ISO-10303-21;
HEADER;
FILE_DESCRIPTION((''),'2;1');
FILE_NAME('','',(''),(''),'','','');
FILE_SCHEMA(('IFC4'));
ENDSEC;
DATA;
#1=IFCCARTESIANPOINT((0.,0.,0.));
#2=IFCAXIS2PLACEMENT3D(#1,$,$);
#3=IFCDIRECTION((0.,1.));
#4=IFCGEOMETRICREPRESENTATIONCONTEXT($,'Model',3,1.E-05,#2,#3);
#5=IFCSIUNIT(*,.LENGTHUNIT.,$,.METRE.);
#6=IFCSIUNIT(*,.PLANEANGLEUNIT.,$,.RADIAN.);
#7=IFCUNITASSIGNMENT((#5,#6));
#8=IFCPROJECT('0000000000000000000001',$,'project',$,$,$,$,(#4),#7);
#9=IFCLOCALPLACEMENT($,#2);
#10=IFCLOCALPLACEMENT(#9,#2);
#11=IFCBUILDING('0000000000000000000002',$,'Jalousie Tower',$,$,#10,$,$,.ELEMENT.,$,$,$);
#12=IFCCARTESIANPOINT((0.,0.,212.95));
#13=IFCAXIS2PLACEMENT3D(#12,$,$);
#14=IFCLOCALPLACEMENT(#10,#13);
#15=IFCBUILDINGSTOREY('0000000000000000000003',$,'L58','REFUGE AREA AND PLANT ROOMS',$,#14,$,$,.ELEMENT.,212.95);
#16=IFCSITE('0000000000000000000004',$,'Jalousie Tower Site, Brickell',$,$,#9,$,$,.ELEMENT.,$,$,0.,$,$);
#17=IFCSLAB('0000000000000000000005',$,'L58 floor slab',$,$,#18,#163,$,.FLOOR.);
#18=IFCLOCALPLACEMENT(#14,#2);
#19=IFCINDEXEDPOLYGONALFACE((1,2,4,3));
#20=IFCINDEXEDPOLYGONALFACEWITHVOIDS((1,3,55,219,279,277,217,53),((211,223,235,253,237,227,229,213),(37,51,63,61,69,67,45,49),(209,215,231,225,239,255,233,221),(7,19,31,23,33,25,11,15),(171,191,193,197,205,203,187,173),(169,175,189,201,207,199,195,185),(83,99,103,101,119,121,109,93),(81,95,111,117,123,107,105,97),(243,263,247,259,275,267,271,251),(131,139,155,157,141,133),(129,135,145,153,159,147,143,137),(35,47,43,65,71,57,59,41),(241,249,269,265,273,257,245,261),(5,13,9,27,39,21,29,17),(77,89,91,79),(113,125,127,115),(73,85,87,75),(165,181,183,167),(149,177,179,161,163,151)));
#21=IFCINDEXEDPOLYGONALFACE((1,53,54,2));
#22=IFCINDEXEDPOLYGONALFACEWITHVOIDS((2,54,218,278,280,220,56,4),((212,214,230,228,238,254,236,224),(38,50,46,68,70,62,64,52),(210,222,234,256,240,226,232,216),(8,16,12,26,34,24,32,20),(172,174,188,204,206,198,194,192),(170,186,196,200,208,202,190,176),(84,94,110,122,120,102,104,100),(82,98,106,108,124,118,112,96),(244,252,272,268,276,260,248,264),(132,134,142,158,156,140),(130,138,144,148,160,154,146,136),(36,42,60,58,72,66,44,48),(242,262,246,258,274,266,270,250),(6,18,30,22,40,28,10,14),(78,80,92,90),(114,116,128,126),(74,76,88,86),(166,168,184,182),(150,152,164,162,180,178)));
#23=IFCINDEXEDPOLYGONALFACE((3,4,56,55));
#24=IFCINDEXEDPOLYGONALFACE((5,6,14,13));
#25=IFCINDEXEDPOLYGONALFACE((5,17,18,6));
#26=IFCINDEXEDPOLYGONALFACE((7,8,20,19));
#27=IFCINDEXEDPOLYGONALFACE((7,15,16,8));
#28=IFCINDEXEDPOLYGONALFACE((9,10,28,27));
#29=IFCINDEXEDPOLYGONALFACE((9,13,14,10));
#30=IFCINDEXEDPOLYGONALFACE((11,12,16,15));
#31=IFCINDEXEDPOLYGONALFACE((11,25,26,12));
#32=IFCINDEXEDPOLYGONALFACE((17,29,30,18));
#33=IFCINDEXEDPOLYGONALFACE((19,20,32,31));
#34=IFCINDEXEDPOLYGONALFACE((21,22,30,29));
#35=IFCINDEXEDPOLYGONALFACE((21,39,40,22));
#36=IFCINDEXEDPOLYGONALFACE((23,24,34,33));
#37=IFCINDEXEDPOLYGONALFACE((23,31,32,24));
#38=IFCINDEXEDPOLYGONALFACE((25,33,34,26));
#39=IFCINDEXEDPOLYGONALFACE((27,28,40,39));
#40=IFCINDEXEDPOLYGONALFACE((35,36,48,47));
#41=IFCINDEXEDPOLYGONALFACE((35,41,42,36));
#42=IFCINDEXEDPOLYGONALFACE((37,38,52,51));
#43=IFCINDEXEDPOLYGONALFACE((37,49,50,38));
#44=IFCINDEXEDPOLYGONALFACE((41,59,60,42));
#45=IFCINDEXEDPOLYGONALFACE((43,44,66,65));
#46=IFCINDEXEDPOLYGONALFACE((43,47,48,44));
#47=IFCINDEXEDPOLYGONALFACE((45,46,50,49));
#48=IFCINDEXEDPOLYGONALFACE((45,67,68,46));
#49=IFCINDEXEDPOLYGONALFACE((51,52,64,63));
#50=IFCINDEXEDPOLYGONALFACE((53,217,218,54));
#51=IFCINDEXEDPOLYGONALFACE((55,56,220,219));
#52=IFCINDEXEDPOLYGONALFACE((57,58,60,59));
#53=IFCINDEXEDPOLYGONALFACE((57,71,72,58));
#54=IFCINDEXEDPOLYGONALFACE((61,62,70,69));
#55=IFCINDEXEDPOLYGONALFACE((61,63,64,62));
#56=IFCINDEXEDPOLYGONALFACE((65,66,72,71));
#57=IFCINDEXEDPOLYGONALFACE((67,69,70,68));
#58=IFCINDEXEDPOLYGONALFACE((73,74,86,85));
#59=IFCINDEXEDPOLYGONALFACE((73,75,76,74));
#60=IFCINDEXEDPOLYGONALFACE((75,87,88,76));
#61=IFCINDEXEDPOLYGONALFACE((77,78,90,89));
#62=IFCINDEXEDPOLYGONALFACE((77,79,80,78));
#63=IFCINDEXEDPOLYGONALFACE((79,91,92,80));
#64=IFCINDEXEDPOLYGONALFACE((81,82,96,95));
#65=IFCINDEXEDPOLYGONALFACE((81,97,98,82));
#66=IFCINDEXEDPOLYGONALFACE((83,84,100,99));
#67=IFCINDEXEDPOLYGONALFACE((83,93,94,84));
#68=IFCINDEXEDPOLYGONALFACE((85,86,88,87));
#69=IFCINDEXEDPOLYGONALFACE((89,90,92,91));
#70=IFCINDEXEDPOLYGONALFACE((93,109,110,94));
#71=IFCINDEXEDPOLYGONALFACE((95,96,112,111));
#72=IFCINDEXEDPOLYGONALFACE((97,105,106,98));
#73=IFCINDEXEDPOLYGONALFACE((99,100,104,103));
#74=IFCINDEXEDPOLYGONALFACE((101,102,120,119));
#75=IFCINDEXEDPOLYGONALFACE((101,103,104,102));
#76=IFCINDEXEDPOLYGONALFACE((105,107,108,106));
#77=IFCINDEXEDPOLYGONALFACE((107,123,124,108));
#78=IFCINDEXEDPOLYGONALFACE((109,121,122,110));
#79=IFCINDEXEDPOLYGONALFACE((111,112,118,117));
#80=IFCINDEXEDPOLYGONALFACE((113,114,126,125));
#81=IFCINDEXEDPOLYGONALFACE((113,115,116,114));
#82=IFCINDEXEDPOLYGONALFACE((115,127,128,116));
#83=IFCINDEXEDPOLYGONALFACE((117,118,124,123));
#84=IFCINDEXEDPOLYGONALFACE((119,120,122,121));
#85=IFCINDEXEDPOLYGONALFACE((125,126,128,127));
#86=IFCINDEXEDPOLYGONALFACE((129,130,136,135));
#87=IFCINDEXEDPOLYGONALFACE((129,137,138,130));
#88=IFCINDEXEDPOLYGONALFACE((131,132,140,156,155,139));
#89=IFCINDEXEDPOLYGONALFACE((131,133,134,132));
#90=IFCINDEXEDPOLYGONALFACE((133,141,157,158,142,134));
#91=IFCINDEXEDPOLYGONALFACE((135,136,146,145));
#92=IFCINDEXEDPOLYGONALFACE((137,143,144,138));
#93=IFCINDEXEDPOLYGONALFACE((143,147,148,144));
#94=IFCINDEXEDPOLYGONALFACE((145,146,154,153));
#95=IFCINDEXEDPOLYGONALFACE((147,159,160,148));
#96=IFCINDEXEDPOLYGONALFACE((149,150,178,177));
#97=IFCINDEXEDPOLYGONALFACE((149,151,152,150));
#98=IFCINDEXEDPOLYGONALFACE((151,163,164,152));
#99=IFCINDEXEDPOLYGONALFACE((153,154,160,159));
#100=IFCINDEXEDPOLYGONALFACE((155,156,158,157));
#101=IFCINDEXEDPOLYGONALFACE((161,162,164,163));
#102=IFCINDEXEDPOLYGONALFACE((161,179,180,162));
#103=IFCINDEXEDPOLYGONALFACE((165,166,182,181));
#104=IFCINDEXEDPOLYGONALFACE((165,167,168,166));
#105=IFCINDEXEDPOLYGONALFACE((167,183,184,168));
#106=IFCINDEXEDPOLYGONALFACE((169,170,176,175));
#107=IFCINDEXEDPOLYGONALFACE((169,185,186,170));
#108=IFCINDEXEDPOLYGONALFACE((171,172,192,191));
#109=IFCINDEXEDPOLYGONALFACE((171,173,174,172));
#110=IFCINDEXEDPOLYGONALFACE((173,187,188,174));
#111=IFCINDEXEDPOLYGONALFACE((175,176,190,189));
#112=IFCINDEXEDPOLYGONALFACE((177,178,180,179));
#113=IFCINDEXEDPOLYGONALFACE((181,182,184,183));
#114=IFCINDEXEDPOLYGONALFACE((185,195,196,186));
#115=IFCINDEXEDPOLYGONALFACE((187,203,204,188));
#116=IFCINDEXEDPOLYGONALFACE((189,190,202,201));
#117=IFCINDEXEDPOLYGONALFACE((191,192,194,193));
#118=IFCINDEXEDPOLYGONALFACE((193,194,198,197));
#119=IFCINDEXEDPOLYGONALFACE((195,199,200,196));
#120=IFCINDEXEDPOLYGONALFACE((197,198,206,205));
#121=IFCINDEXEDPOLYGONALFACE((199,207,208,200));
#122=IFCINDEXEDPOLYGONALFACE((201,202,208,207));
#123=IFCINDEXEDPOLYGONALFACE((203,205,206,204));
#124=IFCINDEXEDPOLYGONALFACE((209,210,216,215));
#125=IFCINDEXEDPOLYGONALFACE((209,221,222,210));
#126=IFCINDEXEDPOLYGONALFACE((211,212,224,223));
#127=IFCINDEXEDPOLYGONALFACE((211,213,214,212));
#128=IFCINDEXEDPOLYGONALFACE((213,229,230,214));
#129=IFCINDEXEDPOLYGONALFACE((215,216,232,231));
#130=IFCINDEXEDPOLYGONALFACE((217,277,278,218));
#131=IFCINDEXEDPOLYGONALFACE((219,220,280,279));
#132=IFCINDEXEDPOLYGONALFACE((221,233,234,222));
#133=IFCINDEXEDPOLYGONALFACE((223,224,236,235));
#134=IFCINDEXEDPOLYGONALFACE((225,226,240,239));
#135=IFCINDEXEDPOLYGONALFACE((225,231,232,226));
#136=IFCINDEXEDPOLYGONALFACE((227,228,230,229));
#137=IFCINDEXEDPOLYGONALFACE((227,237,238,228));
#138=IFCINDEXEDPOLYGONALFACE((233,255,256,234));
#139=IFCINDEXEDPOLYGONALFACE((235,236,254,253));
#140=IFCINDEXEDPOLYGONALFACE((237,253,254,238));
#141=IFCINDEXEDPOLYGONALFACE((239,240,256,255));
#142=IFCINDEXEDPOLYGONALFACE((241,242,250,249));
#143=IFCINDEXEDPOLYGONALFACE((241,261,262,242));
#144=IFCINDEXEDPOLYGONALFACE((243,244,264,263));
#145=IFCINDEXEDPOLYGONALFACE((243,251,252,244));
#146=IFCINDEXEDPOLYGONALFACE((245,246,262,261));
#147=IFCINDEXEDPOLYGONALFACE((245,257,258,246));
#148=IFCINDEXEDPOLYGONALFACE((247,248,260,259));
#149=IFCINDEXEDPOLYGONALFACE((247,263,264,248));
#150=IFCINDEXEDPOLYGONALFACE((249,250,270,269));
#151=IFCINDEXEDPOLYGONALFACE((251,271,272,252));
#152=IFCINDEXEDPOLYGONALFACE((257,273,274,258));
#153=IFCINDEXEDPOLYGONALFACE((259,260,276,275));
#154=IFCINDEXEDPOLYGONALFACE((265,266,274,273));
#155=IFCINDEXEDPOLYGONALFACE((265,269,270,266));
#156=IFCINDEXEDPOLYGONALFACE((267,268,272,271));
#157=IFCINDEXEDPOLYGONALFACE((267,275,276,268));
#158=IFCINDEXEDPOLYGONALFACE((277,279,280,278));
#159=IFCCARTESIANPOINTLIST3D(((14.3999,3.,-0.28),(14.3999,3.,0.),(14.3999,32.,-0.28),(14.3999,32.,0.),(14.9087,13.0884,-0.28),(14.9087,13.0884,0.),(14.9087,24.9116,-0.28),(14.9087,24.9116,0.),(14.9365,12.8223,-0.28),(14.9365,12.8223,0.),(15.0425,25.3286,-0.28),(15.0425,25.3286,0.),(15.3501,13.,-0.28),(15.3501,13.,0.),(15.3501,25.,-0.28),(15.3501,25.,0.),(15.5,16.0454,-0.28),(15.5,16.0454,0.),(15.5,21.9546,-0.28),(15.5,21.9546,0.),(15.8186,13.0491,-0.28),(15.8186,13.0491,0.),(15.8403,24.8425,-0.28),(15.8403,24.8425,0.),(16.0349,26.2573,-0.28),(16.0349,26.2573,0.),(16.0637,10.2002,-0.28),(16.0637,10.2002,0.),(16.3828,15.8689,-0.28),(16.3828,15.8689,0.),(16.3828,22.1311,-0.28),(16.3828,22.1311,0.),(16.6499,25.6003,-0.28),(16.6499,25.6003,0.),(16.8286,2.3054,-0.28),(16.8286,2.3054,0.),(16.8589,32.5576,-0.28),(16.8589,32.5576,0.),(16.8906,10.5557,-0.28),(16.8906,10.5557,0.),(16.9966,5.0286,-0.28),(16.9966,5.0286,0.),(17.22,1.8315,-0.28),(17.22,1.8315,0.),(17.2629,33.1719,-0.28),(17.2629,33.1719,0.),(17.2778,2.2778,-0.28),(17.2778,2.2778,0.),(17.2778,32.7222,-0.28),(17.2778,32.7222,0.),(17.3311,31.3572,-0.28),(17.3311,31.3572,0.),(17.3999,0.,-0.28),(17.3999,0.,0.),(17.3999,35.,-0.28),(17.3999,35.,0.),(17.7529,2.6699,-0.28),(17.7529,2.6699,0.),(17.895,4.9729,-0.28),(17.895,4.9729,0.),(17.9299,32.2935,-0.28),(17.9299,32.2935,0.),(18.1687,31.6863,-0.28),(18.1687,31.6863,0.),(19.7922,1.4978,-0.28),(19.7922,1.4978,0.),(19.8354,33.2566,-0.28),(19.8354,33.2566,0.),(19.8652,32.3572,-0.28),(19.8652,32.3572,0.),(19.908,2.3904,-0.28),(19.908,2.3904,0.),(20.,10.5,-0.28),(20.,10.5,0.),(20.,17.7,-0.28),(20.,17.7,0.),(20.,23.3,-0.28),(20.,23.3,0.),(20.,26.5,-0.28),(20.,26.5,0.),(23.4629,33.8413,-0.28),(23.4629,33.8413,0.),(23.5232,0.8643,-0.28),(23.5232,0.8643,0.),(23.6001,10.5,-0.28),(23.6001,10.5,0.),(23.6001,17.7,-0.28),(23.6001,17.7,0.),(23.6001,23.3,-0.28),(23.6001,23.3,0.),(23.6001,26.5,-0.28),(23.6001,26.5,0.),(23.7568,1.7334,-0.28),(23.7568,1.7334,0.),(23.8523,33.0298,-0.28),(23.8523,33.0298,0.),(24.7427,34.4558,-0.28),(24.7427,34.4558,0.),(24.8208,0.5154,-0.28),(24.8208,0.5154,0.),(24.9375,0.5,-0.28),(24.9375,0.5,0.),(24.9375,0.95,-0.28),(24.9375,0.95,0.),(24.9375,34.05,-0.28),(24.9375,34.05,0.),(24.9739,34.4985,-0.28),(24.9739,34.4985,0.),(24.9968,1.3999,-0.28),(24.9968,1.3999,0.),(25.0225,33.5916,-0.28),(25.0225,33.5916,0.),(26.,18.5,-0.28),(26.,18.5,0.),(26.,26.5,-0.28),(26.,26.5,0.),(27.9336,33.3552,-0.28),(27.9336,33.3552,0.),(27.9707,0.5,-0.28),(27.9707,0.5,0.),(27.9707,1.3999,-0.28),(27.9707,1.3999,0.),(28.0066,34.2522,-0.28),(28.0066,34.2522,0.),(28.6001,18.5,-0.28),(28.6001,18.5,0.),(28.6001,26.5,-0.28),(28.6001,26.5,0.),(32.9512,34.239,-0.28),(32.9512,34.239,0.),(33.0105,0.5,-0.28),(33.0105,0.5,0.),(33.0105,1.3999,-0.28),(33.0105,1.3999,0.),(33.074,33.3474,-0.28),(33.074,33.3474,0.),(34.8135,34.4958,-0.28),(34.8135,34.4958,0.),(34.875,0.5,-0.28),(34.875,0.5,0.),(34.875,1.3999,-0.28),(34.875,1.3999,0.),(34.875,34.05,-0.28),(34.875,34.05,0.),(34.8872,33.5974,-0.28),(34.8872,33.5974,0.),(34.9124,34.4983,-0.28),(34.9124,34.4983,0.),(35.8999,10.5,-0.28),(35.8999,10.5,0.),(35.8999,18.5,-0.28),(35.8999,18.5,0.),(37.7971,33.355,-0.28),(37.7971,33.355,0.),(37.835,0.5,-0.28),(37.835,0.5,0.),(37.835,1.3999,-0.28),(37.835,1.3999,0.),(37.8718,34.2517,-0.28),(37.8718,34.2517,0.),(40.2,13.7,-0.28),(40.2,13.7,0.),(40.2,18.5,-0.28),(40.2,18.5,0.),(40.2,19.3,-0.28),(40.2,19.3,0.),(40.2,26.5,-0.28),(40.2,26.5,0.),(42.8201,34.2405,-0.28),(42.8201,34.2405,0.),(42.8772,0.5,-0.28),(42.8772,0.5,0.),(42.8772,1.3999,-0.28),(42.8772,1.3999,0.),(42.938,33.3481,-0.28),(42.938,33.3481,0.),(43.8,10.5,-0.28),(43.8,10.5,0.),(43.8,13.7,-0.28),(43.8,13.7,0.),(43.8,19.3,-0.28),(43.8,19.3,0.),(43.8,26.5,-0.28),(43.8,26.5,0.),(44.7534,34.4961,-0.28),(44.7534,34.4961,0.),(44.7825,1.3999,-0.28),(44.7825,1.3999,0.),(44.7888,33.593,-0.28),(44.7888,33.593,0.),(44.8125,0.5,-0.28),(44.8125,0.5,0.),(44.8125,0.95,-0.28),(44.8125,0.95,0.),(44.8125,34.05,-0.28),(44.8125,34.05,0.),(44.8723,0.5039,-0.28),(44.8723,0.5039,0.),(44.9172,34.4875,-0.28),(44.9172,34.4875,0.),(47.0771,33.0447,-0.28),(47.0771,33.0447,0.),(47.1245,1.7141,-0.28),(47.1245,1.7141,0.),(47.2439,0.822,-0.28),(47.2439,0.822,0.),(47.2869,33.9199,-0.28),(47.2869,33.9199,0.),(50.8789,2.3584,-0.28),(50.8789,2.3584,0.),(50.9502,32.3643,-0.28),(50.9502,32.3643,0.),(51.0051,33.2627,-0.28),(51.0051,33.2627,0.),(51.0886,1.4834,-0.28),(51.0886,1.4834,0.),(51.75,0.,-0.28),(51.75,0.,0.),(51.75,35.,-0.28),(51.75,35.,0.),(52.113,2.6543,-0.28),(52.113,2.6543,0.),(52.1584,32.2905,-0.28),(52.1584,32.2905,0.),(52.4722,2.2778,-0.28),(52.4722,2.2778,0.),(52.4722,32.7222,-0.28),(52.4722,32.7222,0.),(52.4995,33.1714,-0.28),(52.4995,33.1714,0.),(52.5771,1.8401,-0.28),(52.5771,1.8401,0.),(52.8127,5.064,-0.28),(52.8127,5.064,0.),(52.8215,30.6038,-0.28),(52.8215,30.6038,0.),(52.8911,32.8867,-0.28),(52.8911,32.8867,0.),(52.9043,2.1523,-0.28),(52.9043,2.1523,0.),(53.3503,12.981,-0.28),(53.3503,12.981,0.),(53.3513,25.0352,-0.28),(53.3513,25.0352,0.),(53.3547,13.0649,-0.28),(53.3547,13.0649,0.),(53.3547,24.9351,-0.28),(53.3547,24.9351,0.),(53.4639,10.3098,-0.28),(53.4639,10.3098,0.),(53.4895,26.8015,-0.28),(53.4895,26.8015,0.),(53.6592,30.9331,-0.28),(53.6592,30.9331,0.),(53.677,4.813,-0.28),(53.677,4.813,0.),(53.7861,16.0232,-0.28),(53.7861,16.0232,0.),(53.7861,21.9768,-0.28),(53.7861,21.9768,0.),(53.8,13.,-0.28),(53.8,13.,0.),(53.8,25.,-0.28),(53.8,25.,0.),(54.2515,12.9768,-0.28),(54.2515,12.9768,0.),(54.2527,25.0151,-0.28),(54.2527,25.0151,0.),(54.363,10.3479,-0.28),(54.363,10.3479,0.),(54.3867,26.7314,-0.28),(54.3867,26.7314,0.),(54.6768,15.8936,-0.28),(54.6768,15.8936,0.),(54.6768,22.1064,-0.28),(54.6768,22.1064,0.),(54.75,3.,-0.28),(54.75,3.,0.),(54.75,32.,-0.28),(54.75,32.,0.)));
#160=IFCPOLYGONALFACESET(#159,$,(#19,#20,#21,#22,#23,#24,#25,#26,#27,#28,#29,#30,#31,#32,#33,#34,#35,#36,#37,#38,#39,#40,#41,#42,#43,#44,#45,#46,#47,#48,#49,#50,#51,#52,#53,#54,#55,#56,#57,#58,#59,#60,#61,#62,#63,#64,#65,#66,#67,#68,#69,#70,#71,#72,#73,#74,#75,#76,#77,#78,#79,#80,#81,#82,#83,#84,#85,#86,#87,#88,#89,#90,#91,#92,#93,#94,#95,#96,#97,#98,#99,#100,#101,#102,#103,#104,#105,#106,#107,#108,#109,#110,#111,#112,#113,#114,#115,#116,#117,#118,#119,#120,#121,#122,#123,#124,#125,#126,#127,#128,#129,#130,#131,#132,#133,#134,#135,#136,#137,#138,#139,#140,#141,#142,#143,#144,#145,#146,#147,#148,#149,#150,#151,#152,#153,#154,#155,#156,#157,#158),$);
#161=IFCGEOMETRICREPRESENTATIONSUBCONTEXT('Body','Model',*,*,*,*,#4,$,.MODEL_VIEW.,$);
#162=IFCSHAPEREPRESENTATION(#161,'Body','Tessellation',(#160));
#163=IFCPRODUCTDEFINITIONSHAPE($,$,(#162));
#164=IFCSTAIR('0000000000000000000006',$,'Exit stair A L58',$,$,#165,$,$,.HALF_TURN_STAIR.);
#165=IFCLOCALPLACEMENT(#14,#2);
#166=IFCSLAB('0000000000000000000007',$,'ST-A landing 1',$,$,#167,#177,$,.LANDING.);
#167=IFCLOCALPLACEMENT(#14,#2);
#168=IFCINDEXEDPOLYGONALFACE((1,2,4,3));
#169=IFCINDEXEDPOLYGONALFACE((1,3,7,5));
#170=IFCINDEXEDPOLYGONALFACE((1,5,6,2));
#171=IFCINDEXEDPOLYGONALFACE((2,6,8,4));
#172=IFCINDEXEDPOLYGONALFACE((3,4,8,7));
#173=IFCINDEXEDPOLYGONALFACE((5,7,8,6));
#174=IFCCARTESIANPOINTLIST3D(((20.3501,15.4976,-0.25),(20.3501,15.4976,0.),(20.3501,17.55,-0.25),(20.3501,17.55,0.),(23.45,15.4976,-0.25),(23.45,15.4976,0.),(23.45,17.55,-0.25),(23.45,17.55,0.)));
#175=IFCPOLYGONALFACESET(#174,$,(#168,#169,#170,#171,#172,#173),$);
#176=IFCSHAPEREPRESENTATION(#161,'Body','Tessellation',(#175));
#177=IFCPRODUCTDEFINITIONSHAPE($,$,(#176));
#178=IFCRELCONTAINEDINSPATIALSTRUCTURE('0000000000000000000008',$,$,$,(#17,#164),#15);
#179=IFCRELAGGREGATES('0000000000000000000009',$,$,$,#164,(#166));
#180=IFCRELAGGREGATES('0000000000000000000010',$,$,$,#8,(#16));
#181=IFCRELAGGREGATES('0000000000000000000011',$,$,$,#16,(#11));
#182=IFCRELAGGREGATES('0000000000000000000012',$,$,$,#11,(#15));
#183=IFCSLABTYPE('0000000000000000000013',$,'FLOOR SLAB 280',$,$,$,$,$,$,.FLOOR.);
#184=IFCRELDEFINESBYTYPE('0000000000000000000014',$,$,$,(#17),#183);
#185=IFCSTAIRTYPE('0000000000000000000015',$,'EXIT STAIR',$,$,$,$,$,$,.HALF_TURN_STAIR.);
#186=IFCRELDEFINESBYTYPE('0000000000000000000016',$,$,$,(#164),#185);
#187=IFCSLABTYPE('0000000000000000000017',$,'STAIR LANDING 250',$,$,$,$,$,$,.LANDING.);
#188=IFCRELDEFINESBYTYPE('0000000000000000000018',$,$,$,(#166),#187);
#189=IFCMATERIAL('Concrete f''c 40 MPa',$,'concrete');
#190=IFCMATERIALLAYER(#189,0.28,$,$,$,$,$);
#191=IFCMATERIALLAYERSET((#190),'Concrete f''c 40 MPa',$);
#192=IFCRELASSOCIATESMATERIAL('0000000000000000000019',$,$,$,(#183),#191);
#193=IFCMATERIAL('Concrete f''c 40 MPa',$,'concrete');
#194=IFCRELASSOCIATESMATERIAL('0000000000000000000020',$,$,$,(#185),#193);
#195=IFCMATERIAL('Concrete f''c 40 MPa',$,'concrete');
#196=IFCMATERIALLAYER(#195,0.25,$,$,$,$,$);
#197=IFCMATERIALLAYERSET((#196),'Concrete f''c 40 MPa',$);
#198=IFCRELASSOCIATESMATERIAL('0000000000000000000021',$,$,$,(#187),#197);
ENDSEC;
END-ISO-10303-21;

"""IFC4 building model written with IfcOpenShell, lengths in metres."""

from ifc_helpers import new_model, si_unit, direction, frame, origin, place, context, subcontext, project, spatial, polyline, outline, extrude, material, layer, layer_set, type_object, element, aggregate, save


model = new_model("IFC4")

# Units and contexts
model_context = context("Model", 3, precision=1e-05, world=origin(), true_north=direction((0.0, 1.0)))
body_context = subcontext(model_context, "Body", "Model", "MODEL_VIEW")
ifc_project = project(units=[si_unit("LENGTHUNIT", "METRE"), si_unit("PLANEANGLEUNIT", "RADIAN")], contexts=[model_context])

# Site, building, storey
site_placement = place(None, origin())
site = spatial("IfcSite", under=ifc_project, at=site_placement, Name="Jalousie Tower Site, Brickell", CompositionType="ELEMENT", RefElevation=0.0)
building_placement = place(site_placement, origin())
building = spatial("IfcBuilding", under=site, at=building_placement, Name="Jalousie Tower", CompositionType="ELEMENT")
storey_placement = place(building_placement, frame((0.0, 0.0, 212.95)))
storey = spatial("IfcBuildingStorey", under=building, at=storey_placement, Name="L58", Description="REFUGE AREA AND PLANT ROOMS", CompositionType="ELEMENT", Elevation=212.95)

# Slab
ifc_material_1 = material(Name="Concrete f'c 40 MPa", Category="concrete")
ifc_layer_1 = layer(ifc_material_1, 0.28)
ifc_layer_set_1 = layer_set([ifc_layer_1], Name="Concrete f'c 40 MPa")
slab_type_1 = type_object("IfcSlabType", Name="FLOOR SLAB 280", PredefinedType="FLOOR", material=ifc_layer_set_1)
slab_1_placement = place(storey_placement, frame((0.0, 0.0, -0.28)))
element("IfcSlab", 1, at=slab_1_placement, inside=storey, type_object=slab_type_1, Name="L58 floor slab", PredefinedType="FLOOR", context=body_context, shape_type="SweptSolid", body=[
    extrude(outline(polyline([(17.3999, 0.0), (51.75, 0.0), (54.75, 3.0), (54.75, 32.0), (51.75, 35.0), (17.3999, 35.0), (14.3999, 32.0), (14.3999, 3.0), (17.3999, 0.0)]), holes=[polyline([(24.8208, 0.5154), (23.5232, 0.8643), (23.7568, 1.7334), (24.9968, 1.3999), (27.9707, 1.3999), (27.9707, 0.5), (24.9375, 0.5), (24.9375, 0.95), (24.8208, 0.5154)]), polyline([(16.9966, 5.0286), (17.895, 4.9729), (17.7529, 2.6699), (19.908, 2.3904), (19.7922, 1.4978), (17.22, 1.8315), (17.2778, 2.2778), (16.8286, 2.3054), (16.9966, 5.0286)]), polyline([(15.5, 16.0454), (16.3828, 15.8689), (15.8186, 13.0491), (16.8906, 10.5557), (16.0637, 10.2002), (14.9365, 12.8223), (15.3501, 13.0), (14.9087, 13.0884), (15.5, 16.0454)]), polyline([(20.0, 10.5), (23.6001, 10.5), (23.6001, 17.7), (20.0, 17.7), (20.0, 10.5)]), polyline([(26.0, 18.5), (26.0, 26.5), (28.6001, 26.5), (28.6001, 18.5), (26.0, 18.5)]), polyline([(15.0425, 25.3286), (16.0349, 26.2573), (16.6499, 25.6003), (15.8403, 24.8425), (16.3828, 22.1311), (15.5, 21.9546), (14.9087, 24.9116), (15.3501, 25.0), (15.0425, 25.3286)]), polyline([(20.0, 23.3), (23.6001, 23.3), (23.6001, 26.5), (20.0, 26.5), (20.0, 23.3)]), polyline([(19.8354, 33.2566), (19.8652, 32.3572), (17.9299, 32.2935), (18.1687, 31.6863), (17.3311, 31.3572), (16.8589, 32.5576), (17.2778, 32.7222), (17.2629, 33.1719), (19.8354, 33.2566)]), polyline([(28.0066, 34.2522), (27.9336, 33.3552), (25.0225, 33.5916), (23.8523, 33.0298), (23.4629, 33.8413), (24.7427, 34.4558), (24.9375, 34.05), (24.9739, 34.4985), (28.0066, 34.2522)]), polyline([(33.0105, 1.3999), (34.875, 1.3999), (37.835, 1.3999), (37.835, 0.5), (34.875, 0.5), (33.0105, 0.5), (33.0105, 1.3999)]), polyline([(44.8723, 0.5039), (44.8125, 0.95), (44.8125, 0.5), (42.8772, 0.5), (42.8772, 1.3999), (44.7825, 1.3999), (47.1245, 1.7141), (47.2439, 0.822), (44.8723, 0.5039)]), polyline([(52.9043, 2.1523), (52.4722, 2.2778), (52.5771, 1.8401), (51.0886, 1.4834), (50.8789, 2.3584), (52.113, 2.6543), (52.8127, 5.064), (53.677, 4.813), (52.9043, 2.1523)]), polyline([(35.8999, 10.5), (35.8999, 18.5), (40.2, 18.5), (40.2, 13.7), (43.8, 13.7), (43.8, 10.5), (35.8999, 10.5)]), polyline([(53.7861, 16.0232), (54.6768, 15.8936), (54.2515, 12.9768), (54.363, 10.3479), (53.4639, 10.3098), (53.3503, 12.981), (53.8, 13.0), (53.3547, 13.0649), (53.7861, 16.0232)]), polyline([(40.2, 19.3), (43.8, 19.3), (43.8, 26.5), (40.2, 26.5), (40.2, 19.3)]), polyline([(53.3513, 25.0352), (53.4895, 26.8015), (54.3867, 26.7314), (54.2527, 25.0151), (54.6768, 22.1064), (53.7861, 21.9768), (53.3547, 24.9351), (53.8, 25.0), (53.3513, 25.0352)]), polyline([(52.8215, 30.6038), (52.1584, 32.2905), (50.9502, 32.3643), (51.0051, 33.2627), (52.4995, 33.1714), (52.4722, 32.7222), (52.8911, 32.8867), (53.6592, 30.9331), (52.8215, 30.6038)]), polyline([(44.7534, 34.4961), (44.8125, 34.05), (44.9172, 34.4875), (47.2869, 33.9199), (47.0771, 33.0447), (44.7888, 33.593), (42.938, 33.3481), (42.8201, 34.2405), (44.7534, 34.4961)]), polyline([(32.9512, 34.239), (34.8135, 34.4958), (34.875, 34.05), (34.9124, 34.4983), (37.8718, 34.2517), (37.7971, 33.355), (34.8872, 33.5974), (33.074, 33.3474), (32.9512, 34.239)])]), origin(), (0.0, 0.0, 1.0), 0.28),
])

# Stair, slab
ifc_material_2 = material(Name="Concrete f'c 40 MPa", Category="concrete")
stair_type = type_object("IfcStairType", Name="EXIT STAIR", PredefinedType="HALF_TURN_STAIR", material=ifc_material_2)
stair_1_placement = place(storey_placement, origin())
stair_1 = element("IfcStair", 2, at=stair_1_placement, inside=storey, type_object=stair_type, Name="Exit stair A L58", PredefinedType="HALF_TURN_STAIR")
ifc_material_3 = material(Name="Concrete f'c 40 MPa", Category="concrete")
ifc_layer_2 = layer(ifc_material_3, 0.25)
ifc_layer_set_2 = layer_set([ifc_layer_2], Name="Concrete f'c 40 MPa")
slab_type_2 = type_object("IfcSlabType", Name="STAIR LANDING 250", PredefinedType="LANDING", material=ifc_layer_set_2)
slab_2_placement = place(storey_placement, frame((0.0, 0.0, -0.25)))
slab_2 = element("IfcSlab", 3, at=slab_2_placement, type_object=slab_type_2, Name="ST-A landing 1", PredefinedType="LANDING", context=body_context, shape_type="SweptSolid", body=[
    extrude(outline(polyline([(20.3501, 15.4976), (23.45, 15.4976), (23.45, 17.55), (20.3501, 17.55), (20.3501, 15.4976)])), origin(), (0.0, 0.0, 1.0), 0.25),
])
aggregate(stair_1, [slab_2])

save(model, "model.ifc")
